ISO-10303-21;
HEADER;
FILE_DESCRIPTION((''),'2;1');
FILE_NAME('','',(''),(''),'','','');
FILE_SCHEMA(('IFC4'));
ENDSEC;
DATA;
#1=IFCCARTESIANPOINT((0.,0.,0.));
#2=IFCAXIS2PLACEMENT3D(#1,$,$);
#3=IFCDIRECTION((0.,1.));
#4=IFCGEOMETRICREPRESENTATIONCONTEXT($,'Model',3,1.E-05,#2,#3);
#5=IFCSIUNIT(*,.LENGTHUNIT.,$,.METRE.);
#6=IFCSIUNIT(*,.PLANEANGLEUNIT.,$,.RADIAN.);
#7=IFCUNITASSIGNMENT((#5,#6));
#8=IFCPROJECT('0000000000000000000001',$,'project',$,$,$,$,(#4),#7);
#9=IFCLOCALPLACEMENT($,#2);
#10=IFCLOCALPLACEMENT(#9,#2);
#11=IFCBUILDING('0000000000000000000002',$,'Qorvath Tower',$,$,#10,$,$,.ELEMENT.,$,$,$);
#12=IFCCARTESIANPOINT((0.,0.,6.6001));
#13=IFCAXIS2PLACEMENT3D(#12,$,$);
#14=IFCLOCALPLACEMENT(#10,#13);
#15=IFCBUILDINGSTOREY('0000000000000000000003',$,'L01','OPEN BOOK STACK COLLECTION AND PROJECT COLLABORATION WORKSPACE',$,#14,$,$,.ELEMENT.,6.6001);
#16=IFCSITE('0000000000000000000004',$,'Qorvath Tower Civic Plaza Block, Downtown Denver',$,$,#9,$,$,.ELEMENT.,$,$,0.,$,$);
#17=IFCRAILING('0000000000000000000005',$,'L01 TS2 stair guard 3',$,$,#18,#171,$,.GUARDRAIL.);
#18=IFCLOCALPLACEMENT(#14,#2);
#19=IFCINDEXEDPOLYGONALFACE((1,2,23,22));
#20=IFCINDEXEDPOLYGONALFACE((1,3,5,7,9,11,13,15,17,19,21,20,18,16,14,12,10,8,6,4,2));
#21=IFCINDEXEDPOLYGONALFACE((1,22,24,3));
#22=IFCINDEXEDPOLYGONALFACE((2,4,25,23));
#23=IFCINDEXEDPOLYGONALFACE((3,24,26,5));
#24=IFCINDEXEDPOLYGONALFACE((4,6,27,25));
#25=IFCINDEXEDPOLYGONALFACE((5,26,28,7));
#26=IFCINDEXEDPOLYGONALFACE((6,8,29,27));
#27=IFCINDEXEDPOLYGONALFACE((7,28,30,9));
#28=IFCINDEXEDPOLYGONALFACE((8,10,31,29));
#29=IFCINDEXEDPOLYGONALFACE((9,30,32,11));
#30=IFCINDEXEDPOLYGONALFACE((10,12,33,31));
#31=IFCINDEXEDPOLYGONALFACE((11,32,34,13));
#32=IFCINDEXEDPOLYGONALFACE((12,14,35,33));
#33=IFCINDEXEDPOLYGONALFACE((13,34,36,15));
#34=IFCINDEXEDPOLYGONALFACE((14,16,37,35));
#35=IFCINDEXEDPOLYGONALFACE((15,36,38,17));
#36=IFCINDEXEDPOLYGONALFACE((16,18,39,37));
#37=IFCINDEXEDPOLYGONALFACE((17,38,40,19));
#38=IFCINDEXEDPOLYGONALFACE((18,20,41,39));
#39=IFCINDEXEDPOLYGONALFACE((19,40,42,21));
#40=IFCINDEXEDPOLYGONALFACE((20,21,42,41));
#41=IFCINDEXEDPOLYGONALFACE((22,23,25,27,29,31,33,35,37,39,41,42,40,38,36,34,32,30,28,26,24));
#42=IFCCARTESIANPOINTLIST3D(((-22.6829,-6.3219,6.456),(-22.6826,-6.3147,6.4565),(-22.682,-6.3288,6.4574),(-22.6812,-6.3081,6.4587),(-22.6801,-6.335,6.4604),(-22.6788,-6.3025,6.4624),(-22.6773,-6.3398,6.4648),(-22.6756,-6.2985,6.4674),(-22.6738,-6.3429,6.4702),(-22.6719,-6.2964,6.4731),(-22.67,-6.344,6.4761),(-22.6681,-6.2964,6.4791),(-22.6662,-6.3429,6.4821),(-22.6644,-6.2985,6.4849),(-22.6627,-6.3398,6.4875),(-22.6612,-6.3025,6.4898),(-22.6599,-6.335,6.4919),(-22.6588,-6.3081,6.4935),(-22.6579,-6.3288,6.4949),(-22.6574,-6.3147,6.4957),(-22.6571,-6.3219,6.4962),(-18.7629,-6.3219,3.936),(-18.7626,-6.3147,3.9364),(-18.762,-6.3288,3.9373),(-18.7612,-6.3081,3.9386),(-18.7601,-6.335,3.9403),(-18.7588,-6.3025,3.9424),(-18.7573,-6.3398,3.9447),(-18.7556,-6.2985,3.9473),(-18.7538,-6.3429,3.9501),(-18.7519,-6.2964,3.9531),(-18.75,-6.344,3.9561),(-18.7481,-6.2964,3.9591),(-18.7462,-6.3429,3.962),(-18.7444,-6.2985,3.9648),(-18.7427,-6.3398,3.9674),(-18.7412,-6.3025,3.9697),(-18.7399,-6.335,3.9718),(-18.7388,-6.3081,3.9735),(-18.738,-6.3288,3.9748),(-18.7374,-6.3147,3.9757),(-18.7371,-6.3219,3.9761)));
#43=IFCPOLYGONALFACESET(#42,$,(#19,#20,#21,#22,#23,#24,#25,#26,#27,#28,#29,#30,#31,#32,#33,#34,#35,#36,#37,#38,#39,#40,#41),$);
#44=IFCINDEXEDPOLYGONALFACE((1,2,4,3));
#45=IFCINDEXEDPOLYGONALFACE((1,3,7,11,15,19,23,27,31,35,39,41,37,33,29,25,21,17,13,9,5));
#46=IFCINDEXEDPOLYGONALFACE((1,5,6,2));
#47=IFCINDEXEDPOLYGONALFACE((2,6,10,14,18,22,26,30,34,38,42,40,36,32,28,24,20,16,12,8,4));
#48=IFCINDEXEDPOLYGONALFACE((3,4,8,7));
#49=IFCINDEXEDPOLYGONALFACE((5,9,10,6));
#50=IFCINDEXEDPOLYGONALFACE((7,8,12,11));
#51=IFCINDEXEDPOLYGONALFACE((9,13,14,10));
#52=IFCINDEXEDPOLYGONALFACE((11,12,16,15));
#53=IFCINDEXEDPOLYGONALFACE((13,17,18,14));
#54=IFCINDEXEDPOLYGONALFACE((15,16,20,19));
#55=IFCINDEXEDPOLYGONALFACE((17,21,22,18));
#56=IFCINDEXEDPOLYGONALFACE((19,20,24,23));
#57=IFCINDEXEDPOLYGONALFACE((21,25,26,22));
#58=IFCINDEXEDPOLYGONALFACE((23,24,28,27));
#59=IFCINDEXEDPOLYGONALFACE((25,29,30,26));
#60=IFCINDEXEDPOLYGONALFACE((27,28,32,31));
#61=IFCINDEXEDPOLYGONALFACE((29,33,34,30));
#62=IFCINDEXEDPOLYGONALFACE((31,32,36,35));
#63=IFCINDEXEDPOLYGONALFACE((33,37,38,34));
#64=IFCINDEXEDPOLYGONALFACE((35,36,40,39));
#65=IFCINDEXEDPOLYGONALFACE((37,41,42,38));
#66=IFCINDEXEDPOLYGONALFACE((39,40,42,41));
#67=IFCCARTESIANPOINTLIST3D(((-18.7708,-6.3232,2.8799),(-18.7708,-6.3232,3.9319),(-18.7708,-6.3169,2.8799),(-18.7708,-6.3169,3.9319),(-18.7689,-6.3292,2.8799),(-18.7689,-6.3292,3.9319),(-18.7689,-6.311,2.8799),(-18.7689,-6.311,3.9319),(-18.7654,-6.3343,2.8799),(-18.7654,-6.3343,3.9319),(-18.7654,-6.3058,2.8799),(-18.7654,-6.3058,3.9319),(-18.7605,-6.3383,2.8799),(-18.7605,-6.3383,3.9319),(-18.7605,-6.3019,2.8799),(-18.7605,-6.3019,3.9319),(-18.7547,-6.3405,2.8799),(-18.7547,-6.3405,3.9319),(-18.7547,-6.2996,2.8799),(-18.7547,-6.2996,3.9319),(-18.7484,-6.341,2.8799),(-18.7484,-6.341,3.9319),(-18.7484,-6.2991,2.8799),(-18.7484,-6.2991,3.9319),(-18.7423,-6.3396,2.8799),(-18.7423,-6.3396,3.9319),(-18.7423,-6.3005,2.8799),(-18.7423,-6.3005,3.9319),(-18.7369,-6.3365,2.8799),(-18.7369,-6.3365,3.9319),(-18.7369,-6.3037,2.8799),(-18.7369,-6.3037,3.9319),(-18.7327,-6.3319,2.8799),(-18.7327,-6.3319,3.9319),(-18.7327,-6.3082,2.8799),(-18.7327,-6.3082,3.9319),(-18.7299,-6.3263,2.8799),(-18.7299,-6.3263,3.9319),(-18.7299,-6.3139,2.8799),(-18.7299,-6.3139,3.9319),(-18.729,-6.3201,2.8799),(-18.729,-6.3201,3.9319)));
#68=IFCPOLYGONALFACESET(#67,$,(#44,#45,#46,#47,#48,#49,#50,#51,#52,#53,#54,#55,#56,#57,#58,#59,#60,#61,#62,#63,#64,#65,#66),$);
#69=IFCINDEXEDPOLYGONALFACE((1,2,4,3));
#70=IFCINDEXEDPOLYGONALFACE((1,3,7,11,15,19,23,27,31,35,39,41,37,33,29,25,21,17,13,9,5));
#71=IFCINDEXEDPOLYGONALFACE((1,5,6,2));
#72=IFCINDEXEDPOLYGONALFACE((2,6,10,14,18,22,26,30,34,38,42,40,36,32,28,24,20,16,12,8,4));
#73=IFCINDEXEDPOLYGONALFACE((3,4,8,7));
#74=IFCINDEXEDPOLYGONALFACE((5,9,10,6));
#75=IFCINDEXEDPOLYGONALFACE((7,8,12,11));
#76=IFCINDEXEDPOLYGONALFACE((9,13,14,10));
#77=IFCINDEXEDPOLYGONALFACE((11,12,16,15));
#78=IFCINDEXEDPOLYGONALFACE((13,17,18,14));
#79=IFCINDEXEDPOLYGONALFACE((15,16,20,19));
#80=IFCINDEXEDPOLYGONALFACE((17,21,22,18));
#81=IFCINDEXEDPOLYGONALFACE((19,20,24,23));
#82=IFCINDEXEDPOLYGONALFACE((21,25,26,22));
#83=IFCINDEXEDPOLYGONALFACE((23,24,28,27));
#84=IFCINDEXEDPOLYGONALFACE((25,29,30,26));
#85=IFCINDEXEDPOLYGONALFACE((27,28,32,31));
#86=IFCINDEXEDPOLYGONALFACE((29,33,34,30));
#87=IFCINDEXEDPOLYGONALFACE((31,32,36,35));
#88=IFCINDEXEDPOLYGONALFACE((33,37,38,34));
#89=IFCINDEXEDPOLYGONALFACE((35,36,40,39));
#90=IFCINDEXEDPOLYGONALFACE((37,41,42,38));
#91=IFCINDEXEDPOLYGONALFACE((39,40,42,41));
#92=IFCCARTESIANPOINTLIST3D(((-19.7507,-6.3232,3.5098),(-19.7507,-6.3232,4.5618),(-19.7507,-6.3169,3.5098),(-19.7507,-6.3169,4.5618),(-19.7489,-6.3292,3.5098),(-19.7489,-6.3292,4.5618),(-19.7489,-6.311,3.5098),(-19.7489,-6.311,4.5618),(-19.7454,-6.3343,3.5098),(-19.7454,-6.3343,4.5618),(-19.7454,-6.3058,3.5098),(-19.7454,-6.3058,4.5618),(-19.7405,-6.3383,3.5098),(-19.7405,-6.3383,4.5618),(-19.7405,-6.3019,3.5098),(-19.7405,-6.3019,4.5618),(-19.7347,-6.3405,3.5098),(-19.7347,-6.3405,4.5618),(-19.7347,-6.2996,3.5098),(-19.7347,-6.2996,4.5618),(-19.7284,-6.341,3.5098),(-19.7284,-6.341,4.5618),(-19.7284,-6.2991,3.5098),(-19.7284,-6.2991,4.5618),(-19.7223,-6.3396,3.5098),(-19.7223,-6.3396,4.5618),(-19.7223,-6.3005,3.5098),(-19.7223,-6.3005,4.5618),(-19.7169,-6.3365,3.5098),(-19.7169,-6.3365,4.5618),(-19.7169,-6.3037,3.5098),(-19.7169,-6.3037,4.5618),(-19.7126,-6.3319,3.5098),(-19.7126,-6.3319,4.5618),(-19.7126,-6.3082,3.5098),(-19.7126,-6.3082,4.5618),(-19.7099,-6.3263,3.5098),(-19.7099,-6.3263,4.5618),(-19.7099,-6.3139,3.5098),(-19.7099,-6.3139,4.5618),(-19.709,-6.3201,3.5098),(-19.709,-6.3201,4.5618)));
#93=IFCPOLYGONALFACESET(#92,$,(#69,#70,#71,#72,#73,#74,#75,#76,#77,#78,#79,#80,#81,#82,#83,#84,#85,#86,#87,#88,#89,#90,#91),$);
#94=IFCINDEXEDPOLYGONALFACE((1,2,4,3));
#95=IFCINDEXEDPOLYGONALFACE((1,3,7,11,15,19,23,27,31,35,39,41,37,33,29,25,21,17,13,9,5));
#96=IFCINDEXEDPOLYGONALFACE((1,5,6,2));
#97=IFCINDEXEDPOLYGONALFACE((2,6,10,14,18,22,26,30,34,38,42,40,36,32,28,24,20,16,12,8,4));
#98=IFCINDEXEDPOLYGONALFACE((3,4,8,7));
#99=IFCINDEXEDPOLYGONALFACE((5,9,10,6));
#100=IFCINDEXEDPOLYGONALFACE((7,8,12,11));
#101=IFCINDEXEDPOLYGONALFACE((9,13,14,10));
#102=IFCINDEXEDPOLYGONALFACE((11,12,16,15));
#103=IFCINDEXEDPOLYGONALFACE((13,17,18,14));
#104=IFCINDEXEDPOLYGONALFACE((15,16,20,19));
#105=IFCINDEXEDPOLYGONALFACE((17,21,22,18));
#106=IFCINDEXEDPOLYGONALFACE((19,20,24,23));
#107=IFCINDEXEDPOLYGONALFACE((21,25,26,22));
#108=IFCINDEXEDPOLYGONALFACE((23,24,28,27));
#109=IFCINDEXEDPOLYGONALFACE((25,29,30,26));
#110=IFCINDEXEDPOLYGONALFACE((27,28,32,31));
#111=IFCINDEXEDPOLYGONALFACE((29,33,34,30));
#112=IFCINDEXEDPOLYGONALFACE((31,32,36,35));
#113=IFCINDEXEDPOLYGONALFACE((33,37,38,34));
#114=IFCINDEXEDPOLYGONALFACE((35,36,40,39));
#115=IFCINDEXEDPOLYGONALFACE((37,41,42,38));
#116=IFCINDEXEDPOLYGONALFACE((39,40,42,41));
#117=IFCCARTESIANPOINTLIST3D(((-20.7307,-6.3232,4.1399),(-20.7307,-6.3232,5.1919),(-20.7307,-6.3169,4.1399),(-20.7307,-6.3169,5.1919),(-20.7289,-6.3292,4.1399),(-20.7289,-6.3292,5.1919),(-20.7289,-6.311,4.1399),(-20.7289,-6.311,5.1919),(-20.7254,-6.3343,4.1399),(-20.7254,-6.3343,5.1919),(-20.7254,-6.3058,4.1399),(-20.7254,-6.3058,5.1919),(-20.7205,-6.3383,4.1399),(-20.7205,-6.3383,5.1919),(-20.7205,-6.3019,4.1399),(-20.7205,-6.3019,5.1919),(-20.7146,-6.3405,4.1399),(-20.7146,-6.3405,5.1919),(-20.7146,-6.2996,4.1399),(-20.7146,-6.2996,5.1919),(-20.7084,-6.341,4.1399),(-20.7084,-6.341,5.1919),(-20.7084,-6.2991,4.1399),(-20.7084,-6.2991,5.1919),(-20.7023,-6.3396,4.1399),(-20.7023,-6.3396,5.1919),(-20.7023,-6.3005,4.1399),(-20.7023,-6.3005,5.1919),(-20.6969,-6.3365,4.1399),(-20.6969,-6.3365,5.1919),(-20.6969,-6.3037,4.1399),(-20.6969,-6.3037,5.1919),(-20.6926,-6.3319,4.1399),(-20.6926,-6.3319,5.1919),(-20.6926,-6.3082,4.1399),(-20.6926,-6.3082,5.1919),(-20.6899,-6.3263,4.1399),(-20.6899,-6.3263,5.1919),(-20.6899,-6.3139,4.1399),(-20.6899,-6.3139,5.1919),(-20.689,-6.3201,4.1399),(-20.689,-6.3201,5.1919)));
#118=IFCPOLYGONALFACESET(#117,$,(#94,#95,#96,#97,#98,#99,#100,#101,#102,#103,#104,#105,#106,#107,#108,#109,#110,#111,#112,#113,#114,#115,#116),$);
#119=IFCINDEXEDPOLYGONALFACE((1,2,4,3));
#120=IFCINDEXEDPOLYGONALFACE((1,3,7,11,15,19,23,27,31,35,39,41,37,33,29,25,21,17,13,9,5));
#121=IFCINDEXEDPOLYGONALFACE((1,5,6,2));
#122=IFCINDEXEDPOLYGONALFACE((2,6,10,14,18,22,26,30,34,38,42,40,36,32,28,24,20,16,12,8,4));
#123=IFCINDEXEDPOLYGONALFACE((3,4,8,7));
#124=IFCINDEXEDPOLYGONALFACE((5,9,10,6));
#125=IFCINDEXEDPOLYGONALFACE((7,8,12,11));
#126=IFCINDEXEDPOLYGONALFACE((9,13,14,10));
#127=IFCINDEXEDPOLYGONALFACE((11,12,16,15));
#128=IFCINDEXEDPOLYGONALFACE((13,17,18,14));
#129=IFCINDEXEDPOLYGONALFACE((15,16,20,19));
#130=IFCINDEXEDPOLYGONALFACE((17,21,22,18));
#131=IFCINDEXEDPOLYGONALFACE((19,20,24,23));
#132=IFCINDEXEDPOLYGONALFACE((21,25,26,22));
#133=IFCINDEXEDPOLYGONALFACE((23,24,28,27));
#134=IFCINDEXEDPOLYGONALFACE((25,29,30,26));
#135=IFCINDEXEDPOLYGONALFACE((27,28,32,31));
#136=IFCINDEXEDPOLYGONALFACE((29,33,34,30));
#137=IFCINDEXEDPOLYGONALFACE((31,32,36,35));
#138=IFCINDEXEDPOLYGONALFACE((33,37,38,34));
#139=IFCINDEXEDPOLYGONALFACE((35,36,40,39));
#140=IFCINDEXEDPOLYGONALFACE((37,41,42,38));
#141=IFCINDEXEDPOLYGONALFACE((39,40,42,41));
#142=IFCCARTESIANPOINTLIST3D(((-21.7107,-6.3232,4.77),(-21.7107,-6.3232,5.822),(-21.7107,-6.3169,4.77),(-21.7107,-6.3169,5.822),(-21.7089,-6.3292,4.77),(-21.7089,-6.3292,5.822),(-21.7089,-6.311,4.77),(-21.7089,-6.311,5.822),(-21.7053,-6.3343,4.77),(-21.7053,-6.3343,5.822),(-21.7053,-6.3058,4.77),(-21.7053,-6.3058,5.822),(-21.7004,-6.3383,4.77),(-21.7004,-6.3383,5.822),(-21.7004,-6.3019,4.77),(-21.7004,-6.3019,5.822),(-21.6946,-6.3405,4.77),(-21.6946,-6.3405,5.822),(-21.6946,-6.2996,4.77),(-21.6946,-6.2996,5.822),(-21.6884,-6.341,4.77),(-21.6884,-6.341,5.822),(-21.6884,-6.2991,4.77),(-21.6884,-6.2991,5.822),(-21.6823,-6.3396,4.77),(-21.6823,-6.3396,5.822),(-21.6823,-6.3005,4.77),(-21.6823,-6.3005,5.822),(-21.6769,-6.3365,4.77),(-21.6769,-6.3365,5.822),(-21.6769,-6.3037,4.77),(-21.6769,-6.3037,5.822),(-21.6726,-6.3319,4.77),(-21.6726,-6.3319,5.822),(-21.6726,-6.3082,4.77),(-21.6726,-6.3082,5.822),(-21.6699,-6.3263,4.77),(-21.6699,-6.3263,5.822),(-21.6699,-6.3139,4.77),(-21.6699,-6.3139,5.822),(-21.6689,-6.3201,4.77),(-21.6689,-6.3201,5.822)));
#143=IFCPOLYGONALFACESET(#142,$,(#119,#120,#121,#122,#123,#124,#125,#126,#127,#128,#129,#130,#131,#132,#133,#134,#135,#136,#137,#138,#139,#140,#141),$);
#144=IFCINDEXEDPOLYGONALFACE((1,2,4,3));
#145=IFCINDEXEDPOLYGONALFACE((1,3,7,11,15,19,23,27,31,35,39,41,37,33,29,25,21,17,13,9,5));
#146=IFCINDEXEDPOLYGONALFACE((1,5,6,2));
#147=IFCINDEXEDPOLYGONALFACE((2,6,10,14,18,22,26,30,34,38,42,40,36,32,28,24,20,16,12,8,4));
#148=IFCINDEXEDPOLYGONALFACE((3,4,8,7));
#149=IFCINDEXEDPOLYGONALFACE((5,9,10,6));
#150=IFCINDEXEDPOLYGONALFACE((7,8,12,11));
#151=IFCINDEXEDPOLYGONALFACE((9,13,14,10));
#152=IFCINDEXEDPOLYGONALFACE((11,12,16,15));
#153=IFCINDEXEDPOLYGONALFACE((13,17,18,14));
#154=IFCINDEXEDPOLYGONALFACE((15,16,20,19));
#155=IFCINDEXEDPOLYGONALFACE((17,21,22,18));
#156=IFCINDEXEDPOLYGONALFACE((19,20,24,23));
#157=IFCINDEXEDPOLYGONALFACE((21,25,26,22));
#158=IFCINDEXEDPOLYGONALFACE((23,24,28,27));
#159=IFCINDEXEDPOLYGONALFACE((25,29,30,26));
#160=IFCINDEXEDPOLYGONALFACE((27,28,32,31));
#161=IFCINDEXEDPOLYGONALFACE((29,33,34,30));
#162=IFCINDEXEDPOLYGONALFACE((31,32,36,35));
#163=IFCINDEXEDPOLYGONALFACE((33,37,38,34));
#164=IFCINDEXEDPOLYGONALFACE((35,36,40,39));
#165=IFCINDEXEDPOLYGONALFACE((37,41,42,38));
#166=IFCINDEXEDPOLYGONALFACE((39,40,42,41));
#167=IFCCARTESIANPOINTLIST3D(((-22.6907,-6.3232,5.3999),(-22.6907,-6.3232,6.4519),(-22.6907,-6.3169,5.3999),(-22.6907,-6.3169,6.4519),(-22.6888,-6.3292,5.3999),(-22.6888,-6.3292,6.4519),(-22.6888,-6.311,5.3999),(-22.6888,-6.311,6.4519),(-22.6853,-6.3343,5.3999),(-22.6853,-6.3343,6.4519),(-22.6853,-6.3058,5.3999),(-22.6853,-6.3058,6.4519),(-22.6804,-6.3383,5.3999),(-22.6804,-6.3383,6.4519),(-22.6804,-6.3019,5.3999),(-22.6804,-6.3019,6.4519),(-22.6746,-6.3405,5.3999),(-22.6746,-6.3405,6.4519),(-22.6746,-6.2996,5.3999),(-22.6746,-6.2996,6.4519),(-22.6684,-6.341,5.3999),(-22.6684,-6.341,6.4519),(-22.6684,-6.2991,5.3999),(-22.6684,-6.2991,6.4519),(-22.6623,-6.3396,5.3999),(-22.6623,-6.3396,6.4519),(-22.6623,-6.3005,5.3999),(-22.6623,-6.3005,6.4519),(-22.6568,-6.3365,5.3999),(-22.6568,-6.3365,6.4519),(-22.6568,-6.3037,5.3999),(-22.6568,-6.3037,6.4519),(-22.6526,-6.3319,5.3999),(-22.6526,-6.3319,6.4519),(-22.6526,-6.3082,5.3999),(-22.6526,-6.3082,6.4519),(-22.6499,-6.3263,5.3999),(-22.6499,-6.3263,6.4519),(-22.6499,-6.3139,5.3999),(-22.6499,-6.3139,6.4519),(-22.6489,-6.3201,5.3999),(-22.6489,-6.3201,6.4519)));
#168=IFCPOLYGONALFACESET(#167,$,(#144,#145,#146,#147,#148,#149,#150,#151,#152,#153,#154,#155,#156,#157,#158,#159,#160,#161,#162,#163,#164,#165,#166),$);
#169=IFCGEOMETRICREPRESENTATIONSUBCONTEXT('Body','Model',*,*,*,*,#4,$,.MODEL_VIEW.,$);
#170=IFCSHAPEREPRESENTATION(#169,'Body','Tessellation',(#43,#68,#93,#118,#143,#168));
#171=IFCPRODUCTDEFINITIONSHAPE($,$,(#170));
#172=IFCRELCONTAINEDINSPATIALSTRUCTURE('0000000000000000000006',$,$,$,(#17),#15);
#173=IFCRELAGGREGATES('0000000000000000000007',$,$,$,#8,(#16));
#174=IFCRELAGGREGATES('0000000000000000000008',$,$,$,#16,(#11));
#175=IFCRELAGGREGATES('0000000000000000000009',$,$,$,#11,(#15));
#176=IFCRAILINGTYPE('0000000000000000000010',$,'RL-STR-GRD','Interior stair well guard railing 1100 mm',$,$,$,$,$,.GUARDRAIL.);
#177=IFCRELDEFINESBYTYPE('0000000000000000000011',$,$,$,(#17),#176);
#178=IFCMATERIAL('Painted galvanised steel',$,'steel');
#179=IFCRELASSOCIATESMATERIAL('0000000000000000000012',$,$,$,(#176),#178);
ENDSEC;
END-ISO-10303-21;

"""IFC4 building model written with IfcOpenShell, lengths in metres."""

from ifc_helpers import new_model, si_unit, direction, frame, origin, origin_2d, place, context, subcontext, project, spatial, circle, extrude, material, type_object, element, save


model = new_model("IFC4")

# Units and contexts
model_context = context("Model", 3, precision=1e-05, world=origin(), true_north=direction((0.0, 1.0)))
body_context = subcontext(model_context, "Body", "Model", "MODEL_VIEW")
ifc_project = project(units=[si_unit("LENGTHUNIT", "METRE"), si_unit("PLANEANGLEUNIT", "RADIAN")], contexts=[model_context])

# Site, building, storey
site_placement = place(None, origin())
site = spatial("IfcSite", under=ifc_project, at=site_placement, Name="Qorvath Tower Civic Plaza Block, Downtown Denver", CompositionType="ELEMENT", RefElevation=0.0)
building_placement = place(site_placement, origin())
building = spatial("IfcBuilding", under=site, at=building_placement, Name="Qorvath Tower", CompositionType="ELEMENT")
storey_placement = place(building_placement, frame((0.0, 0.0, 6.6001)))
storey = spatial("IfcBuildingStorey", under=building, at=storey_placement, Name="L01", Description="OPEN BOOK STACK COLLECTION AND PROJECT COLLABORATION WORKSPACE", CompositionType="ELEMENT", Elevation=6.6001)

# Railing
ifc_material_1 = material(Name="Painted galvanised steel", Category="steel")
railing_type_1 = type_object("IfcRailingType", Name="RL-STR-GRD", Description="Interior stair well guard railing 1100 mm", PredefinedType="GUARDRAIL", material=ifc_material_1)
railing_1_placement = place(storey_placement, frame((-18.75, -6.3201, 2.8799)))
element("IfcRailing", 1, at=railing_1_placement, inside=storey, type_object=railing_type_1, Name="L01 TS2 stair guard 3", PredefinedType="GUARDRAIL", context=body_context, shape_type="SweptSolid", body=[
    extrude(circle(Radius=0.0239, at=origin_2d()), frame((0.0, 0.0, 1.0762), z_axis=(-0.841172, 0.0, 0.540768), x_axis=(0.0, -1.0, 0.0)), (0.0, 0.0, 1.0), 4.6602),
    extrude(circle(Radius=0.021, at=origin_2d()), origin(), (0.0, 0.0, 1.0), 1.052),
    extrude(circle(Radius=0.021, at=origin_2d()), frame((-0.98, 0.0, 0.6299)), (0.0, 0.0, 1.0), 1.052),
    extrude(circle(Radius=0.021, at=origin_2d()), frame((-1.96, 0.0, 1.26)), (0.0, 0.0, 1.0), 1.052),
    extrude(circle(Radius=0.021, at=origin_2d()), frame((-2.9399, 0.0, 1.8901)), (0.0, 0.0, 1.0), 1.052),
    extrude(circle(Radius=0.021, at=origin_2d()), frame((-3.9199, 0.0, 2.52)), (0.0, 0.0, 1.0), 1.052),
])

save(model, "model.ifc")
